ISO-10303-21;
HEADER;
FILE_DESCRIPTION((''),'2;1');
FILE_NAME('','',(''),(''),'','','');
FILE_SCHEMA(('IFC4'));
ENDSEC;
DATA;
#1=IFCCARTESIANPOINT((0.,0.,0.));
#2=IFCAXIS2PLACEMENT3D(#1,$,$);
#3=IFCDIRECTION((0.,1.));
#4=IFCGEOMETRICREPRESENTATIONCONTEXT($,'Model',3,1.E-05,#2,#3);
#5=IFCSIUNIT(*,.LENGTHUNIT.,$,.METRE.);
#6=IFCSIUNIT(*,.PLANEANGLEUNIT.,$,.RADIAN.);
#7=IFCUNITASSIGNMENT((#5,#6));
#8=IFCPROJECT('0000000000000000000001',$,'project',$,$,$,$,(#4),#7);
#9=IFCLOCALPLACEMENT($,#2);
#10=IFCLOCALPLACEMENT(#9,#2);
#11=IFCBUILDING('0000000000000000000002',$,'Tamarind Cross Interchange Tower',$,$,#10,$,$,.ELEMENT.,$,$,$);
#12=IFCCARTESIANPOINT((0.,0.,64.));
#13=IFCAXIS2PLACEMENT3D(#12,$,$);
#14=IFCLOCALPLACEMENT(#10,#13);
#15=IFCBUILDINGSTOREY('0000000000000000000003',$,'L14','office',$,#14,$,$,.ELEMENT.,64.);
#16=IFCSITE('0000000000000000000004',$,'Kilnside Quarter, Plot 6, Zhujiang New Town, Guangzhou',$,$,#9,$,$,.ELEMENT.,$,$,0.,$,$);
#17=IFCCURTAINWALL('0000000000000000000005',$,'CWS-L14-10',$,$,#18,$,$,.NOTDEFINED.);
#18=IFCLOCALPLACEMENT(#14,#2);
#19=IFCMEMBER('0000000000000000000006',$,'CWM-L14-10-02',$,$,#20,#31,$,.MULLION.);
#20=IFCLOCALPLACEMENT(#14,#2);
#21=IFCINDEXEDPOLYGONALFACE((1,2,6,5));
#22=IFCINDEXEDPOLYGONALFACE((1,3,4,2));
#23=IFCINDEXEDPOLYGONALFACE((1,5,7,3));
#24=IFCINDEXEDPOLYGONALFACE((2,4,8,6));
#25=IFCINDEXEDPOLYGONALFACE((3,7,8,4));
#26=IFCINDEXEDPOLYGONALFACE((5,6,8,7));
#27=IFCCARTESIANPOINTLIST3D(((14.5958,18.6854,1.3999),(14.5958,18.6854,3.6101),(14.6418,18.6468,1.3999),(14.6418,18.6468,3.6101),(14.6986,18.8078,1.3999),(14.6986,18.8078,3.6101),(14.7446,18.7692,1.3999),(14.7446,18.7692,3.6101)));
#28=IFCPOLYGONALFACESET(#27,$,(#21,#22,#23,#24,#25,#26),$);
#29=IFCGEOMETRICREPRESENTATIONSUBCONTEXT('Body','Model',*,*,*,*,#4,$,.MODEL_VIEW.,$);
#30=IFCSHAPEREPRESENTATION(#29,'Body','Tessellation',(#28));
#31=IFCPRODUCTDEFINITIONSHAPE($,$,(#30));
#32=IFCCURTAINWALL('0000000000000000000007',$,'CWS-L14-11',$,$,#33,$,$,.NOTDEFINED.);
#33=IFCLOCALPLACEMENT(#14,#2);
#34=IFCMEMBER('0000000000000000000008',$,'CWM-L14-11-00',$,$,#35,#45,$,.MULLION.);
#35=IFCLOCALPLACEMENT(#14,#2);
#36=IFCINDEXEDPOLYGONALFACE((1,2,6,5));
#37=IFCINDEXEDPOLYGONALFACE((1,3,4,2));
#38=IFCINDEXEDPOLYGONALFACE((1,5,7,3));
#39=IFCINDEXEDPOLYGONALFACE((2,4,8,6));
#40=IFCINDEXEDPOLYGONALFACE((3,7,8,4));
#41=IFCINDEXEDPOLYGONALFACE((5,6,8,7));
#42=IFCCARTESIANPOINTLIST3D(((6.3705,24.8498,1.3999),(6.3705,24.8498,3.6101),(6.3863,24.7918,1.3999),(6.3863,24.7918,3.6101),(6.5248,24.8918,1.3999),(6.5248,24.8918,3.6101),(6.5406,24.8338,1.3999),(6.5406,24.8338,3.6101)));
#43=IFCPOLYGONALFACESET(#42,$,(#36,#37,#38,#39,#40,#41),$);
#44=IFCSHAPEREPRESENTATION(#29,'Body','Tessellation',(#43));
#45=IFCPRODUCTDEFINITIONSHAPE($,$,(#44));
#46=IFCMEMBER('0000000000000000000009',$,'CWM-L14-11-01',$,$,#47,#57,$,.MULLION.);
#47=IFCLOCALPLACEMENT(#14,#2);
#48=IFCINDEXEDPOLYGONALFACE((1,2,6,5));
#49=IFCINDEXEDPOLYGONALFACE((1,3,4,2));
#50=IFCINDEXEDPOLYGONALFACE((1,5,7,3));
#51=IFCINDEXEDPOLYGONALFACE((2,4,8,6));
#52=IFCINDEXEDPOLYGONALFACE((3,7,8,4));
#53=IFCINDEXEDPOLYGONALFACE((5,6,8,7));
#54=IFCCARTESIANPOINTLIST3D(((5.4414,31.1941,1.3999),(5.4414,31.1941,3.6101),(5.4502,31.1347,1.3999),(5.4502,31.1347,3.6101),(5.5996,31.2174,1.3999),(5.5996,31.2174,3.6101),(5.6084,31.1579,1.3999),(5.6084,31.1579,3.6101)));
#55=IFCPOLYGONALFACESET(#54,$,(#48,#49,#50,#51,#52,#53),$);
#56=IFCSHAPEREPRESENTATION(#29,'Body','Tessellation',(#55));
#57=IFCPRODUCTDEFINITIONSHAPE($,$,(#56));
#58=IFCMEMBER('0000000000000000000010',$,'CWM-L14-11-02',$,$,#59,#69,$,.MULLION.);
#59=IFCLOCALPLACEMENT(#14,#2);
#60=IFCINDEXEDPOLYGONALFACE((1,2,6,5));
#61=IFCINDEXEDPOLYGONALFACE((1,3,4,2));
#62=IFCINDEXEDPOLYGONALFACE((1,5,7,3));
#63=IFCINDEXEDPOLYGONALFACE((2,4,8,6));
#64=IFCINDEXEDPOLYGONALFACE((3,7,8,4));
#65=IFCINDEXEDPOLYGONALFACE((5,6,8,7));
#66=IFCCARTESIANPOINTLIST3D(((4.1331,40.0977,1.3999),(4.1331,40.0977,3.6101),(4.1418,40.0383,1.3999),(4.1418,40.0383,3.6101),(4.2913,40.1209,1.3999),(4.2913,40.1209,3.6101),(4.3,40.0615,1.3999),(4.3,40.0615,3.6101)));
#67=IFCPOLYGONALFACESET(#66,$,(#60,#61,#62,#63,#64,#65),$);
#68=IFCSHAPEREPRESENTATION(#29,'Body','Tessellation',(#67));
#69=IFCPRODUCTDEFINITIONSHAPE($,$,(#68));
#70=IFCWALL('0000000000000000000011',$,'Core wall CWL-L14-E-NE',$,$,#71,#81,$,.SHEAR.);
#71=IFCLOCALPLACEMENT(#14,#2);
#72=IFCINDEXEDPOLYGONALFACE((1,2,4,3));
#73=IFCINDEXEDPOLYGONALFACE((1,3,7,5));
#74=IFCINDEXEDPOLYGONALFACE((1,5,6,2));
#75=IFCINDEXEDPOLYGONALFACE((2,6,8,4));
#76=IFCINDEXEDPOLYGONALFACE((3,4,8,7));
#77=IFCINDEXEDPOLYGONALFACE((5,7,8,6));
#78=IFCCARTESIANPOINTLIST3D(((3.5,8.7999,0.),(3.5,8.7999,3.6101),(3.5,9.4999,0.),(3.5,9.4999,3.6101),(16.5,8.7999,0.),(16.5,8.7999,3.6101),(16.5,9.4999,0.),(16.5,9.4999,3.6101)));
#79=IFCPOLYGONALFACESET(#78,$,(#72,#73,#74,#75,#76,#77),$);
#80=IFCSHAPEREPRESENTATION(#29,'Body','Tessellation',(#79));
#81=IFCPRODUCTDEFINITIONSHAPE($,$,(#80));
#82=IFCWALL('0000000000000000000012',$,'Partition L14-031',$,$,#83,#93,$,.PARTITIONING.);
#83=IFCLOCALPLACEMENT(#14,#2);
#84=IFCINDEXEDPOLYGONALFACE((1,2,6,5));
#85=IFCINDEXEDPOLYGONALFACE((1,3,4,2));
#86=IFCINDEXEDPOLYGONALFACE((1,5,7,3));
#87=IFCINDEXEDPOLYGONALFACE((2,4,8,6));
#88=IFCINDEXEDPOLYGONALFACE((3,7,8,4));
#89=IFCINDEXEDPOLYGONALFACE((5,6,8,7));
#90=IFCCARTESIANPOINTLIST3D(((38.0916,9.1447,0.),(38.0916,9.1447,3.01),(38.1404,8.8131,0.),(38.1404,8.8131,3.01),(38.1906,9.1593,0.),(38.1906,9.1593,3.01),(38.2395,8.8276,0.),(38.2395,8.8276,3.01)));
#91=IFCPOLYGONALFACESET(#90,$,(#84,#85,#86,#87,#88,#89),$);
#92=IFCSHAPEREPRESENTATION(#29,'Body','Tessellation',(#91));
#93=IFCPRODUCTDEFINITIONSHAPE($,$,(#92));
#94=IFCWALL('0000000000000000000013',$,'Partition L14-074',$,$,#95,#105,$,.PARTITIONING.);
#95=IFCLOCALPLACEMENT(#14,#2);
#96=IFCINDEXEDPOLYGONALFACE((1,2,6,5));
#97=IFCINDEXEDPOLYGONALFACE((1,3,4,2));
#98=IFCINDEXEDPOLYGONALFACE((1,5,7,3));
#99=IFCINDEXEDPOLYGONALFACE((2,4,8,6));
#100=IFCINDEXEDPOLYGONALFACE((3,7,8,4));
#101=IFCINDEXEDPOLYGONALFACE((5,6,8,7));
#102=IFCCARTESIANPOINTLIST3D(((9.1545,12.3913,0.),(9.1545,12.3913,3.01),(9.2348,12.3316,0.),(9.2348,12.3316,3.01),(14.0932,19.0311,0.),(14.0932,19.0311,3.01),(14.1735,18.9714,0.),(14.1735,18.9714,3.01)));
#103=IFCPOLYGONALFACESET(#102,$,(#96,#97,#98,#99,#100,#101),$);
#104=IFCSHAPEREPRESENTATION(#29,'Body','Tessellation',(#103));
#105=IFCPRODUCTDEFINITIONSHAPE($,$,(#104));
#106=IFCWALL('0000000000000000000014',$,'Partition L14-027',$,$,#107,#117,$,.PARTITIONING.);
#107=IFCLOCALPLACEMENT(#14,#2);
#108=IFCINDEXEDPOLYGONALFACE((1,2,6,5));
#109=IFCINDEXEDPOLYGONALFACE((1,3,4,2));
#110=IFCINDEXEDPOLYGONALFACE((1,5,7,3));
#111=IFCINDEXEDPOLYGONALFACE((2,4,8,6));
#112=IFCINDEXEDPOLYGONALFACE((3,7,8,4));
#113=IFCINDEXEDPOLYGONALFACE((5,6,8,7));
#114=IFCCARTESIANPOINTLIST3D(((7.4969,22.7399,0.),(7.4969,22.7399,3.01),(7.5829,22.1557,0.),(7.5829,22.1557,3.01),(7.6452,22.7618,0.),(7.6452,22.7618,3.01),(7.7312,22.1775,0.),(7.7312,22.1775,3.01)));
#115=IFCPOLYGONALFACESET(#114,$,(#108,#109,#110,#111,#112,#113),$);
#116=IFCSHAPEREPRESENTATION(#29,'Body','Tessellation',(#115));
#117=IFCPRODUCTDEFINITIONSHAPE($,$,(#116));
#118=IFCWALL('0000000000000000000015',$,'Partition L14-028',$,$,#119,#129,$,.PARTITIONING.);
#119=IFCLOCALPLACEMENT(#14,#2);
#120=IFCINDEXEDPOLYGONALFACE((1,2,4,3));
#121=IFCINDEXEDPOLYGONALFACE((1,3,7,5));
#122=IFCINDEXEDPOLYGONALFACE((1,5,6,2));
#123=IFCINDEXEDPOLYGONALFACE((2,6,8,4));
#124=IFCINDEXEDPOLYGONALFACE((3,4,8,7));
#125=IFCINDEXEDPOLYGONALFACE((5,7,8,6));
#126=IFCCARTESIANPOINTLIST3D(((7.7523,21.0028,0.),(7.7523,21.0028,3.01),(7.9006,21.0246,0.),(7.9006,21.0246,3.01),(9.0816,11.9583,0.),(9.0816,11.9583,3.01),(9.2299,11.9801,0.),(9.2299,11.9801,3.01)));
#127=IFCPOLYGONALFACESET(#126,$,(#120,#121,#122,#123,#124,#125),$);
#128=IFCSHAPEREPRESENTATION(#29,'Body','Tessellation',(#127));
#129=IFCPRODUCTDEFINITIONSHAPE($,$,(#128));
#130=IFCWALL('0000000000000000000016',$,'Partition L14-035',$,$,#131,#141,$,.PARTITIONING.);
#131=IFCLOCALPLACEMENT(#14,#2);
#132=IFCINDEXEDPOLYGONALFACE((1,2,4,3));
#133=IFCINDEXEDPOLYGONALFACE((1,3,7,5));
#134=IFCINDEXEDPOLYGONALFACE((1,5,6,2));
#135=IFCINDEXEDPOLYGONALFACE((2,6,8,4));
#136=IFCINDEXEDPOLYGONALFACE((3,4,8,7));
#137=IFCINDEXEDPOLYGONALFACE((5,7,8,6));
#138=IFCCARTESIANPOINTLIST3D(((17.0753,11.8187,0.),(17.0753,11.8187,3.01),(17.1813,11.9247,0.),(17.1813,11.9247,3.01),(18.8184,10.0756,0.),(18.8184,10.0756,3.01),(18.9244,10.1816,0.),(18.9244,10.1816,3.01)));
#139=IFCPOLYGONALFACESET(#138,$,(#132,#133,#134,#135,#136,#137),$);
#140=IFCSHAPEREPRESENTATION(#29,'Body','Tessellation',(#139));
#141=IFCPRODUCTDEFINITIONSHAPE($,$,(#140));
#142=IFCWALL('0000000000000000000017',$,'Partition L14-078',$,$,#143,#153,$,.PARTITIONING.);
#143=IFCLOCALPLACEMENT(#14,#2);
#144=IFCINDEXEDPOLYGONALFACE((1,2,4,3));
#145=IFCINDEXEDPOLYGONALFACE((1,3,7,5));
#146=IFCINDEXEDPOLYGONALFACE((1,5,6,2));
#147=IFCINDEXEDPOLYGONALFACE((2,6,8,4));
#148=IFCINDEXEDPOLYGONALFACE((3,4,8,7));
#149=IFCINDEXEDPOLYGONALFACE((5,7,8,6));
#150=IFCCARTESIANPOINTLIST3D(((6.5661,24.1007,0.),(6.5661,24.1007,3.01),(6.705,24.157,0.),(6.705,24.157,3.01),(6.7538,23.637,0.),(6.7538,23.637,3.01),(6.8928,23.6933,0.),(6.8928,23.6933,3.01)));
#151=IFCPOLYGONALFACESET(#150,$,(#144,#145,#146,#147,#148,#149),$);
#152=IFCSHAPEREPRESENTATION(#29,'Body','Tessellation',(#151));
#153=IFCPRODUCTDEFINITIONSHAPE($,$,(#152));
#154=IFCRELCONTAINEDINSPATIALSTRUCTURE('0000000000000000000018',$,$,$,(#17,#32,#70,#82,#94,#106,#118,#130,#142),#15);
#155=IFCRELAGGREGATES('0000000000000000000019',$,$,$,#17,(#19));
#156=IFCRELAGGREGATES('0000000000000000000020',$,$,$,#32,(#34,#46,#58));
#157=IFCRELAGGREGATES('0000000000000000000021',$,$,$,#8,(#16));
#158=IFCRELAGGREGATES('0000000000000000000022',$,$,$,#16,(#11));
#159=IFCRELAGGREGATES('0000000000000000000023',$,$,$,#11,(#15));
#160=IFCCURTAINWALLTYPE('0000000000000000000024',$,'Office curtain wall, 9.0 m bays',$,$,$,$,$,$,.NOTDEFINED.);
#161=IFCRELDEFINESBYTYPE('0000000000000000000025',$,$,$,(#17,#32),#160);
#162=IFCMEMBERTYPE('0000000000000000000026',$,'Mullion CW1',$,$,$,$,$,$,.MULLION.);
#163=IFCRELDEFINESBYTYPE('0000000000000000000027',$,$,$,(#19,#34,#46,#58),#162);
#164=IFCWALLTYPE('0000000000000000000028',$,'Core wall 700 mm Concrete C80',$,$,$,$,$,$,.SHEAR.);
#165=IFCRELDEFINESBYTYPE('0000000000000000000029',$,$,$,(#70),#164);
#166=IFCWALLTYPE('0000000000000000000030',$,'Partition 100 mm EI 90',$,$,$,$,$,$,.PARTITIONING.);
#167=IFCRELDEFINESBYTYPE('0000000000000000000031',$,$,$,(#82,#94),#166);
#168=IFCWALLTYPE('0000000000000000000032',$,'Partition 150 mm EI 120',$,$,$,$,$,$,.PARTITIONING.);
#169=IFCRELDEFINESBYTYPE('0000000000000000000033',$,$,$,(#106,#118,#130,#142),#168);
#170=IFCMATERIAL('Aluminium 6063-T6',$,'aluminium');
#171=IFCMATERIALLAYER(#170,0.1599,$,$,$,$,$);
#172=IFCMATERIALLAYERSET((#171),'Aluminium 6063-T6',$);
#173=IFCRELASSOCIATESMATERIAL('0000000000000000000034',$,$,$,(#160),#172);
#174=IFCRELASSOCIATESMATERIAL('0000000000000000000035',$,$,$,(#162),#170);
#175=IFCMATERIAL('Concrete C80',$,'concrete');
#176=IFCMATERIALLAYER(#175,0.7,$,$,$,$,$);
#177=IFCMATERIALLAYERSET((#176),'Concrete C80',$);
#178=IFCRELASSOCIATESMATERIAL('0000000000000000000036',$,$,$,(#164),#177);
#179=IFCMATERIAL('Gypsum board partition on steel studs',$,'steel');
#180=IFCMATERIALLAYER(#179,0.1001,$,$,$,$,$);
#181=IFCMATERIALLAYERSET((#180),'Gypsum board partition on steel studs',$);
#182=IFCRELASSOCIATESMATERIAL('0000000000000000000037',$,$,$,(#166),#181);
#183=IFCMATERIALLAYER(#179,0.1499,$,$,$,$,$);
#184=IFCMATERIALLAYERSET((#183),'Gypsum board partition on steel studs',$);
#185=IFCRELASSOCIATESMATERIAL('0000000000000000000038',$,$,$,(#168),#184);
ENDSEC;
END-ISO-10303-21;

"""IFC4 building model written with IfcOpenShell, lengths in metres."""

from ifc_helpers import new_model, si_unit, direction, frame, frame_2d, origin, origin_2d, place, context, subcontext, project, spatial, rectangle, extrude, material, layer, layer_set, material_profile, profile_set, type_object, element, aggregate, save


model = new_model("IFC4")

# Units and contexts
model_context = context("Model", 3, precision=1e-05, world=origin(), true_north=direction((0.0, 1.0)))
body_context = subcontext(model_context, "Body", "Model", "MODEL_VIEW")
ifc_project = project(units=[si_unit("LENGTHUNIT", "METRE"), si_unit("PLANEANGLEUNIT", "RADIAN")], contexts=[model_context])

# Site, building, storey
site_placement = place(None, origin())
site = spatial("IfcSite", under=ifc_project, at=site_placement, Name="Kilnside Quarter, Plot 6, Zhujiang New Town, Guangzhou", CompositionType="ELEMENT", RefElevation=0.0)
building_placement = place(site_placement, origin())
building = spatial("IfcBuilding", under=site, at=building_placement, Name="Tamarind Cross Interchange Tower", CompositionType="ELEMENT")
storey_placement = place(building_placement, frame((0.0, 0.0, 64.0)))
storey = spatial("IfcBuildingStorey", under=building, at=storey_placement, Name="L14", Description="office", CompositionType="ELEMENT", Elevation=64.0)

# Curtain walls, members
ifc_material_1 = material(Name="Aluminium 6063-T6", Category="aluminium")
ifc_layer_1 = layer(ifc_material_1, 0.1599)
ifc_layer_set_1 = layer_set([ifc_layer_1], Name="Aluminium 6063-T6")
curtain_wall_type = type_object("IfcCurtainWallType", Name="Office curtain wall, 9.0 m bays", PredefinedType="NOTDEFINED", material=ifc_layer_set_1)
ifc_material_profile_1 = material_profile(ifc_material_1, rectangle(XDim=0.0601, YDim=0.1599, at=origin_2d()), Name="Mullion CW1")
ifc_profile_set_1 = profile_set([ifc_material_profile_1], Name="Aluminium 6063-T6")
member_type = type_object("IfcMemberType", Name="Mullion CW1", PredefinedType="MULLION", material=ifc_profile_set_1)
curtain_wall_1_placement = place(storey_placement, origin())
curtain_wall_1 = element("IfcCurtainWall", 1, at=curtain_wall_1_placement, inside=storey, type_object=curtain_wall_type, Name="CWS-L14-10", PredefinedType="NOTDEFINED")
member_1_placement = place(storey_placement, frame((14.6702, 18.7273, 1.3999), z_axis=(0.0, 0.0, 1.0), x_axis=(-0.765858, 0.643009, 0.0)))
member_1 = element("IfcMember", 2, at=member_1_placement, type_object=member_type, Name="CWM-L14-10-02", PredefinedType="MULLION", context=body_context, shape_type="SweptSolid", body=[
    extrude(rectangle(XDim=0.0601, YDim=0.1599, at=origin_2d()), origin(), (0.0, 0.0, 1.0), 2.2102),
])
aggregate(curtain_wall_1, [member_1])
curtain_wall_2_placement = place(storey_placement, origin())
curtain_wall_2 = element("IfcCurtainWall", 3, at=curtain_wall_2_placement, inside=storey, type_object=curtain_wall_type, Name="CWS-L14-11", PredefinedType="NOTDEFINED")
member_2_placement = place(storey_placement, frame((6.4556, 24.8418, 1.3999), z_axis=(0.0, 0.0, 1.0), x_axis=(-0.262344, 0.964974, 0.0)))
member_2 = element("IfcMember", 4, at=member_2_placement, type_object=member_type, Name="CWM-L14-11-00", PredefinedType="MULLION", context=body_context, shape_type="SweptSolid", body=[
    extrude(rectangle(XDim=0.0601, YDim=0.1599, at=origin_2d()), origin(), (0.0, 0.0, 1.0), 2.2102),
])
member_3_placement = place(storey_placement, frame((5.5249, 31.176, 1.3999), z_axis=(0.0, 0.0, 1.0), x_axis=(-0.145365, 0.989378, 0.0)))
member_3 = element("IfcMember", 5, at=member_3_placement, type_object=member_type, Name="CWM-L14-11-01", PredefinedType="MULLION", context=body_context, shape_type="SweptSolid", body=[
    extrude(rectangle(XDim=0.0601, YDim=0.1599, at=origin_2d()), origin(), (0.0, 0.0, 1.0), 2.2102),
])
member_4_placement = place(storey_placement, frame((4.2166, 40.0796, 1.3999), z_axis=(0.0, 0.0, 1.0), x_axis=(-0.145365, 0.989378, 0.0)))
member_4 = element("IfcMember", 6, at=member_4_placement, type_object=member_type, Name="CWM-L14-11-02", PredefinedType="MULLION", context=body_context, shape_type="SweptSolid", body=[
    extrude(rectangle(XDim=0.0601, YDim=0.1599, at=origin_2d()), origin(), (0.0, 0.0, 1.0), 2.2102),
])
aggregate(curtain_wall_2, [member_2, member_3, member_4])

# Walls
ifc_material_2 = material(Name="Concrete C80", Category="concrete")
ifc_layer_2 = layer(ifc_material_2, 0.7)
ifc_layer_set_2 = layer_set([ifc_layer_2], Name="Concrete C80")
wall_type_1 = type_object("IfcWallType", Name="Core wall 700 mm Concrete C80", PredefinedType="SHEAR", material=ifc_layer_set_2)
wall_1_placement = place(storey_placement, frame((16.5, 9.1499, 0.0), z_axis=(0.0, 0.0, 1.0), x_axis=(-1.0, 0.0, 0.0)))
element("IfcWall", 7, at=wall_1_placement, inside=storey, type_object=wall_type_1, Name="Core wall CWL-L14-E-NE", PredefinedType="SHEAR", context=body_context, shape_type="SweptSolid", body=[
    extrude(rectangle(XDim=13.0, YDim=0.7, at=frame_2d((6.5, 0.0))), origin(), (0.0, 0.0, 1.0), 3.6101),
])
ifc_material_3 = material(Name="Gypsum board partition on steel studs", Category="steel")
ifc_layer_3 = layer(ifc_material_3, 0.1001)
ifc_layer_set_3 = layer_set([ifc_layer_3], Name="Gypsum board partition on steel studs")
wall_type_2 = type_object("IfcWallType", Name="Partition 100 mm EI 90", PredefinedType="PARTITIONING", material=ifc_layer_set_3)
wall_2_placement = place(storey_placement, frame((38.1411, 9.1519, 0.0), z_axis=(0.0, 0.0, 1.0), x_axis=(0.145704, -0.989328, 0.0)))
element("IfcWall", 8, at=wall_2_placement, inside=storey, type_object=wall_type_2, Name="Partition L14-031", PredefinedType="PARTITIONING", context=body_context, shape_type="SweptSolid", body=[
    extrude(rectangle(XDim=0.3352, YDim=0.1001, at=frame_2d((0.1675, 0.0))), origin(), (0.0, 0.0, 1.0), 3.01),
])
wall_3_placement = place(storey_placement, frame((9.1946, 12.3613, 0.0), z_axis=(0.0, 0.0, 1.0), x_axis=(0.596809, 0.802383, 0.0)))
element("IfcWall", 9, at=wall_3_placement, inside=storey, type_object=wall_type_2, Name="Partition L14-074", PredefinedType="PARTITIONING", context=body_context, shape_type="SweptSolid", body=[
    extrude(rectangle(XDim=8.2751, YDim=0.1001, at=frame_2d((4.1377, 0.0))), origin(), (0.0, 0.0, 1.0), 3.01),
])
ifc_layer_4 = layer(ifc_material_3, 0.1499)
ifc_layer_set_4 = layer_set([ifc_layer_4], Name="Gypsum board partition on steel studs")
wall_type_3 = type_object("IfcWallType", Name="Partition 150 mm EI 120", PredefinedType="PARTITIONING", material=ifc_layer_set_4)
wall_4_placement = place(storey_placement, frame((7.571, 22.751, 0.0), z_axis=(0.0, 0.0, 1.0), x_axis=(0.14553, -0.989354, 0.0)))
element("IfcWall", 10, at=wall_4_placement, inside=storey, type_object=wall_type_3, Name="Partition L14-027", PredefinedType="PARTITIONING", context=body_context, shape_type="SweptSolid", body=[
    extrude(rectangle(XDim=0.5906, YDim=0.1499, at=frame_2d((0.2954, 0.0))), origin(), (0.0, 0.0, 1.0), 3.01),
])
wall_5_placement = place(storey_placement, frame((7.8264, 21.0137, 0.0), z_axis=(0.0, 0.0, 1.0), x_axis=(0.145417, -0.98937, 0.0)))
element("IfcWall", 11, at=wall_5_placement, inside=storey, type_object=wall_type_3, Name="Partition L14-028", PredefinedType="PARTITIONING", context=body_context, shape_type="SweptSolid", body=[
    extrude(rectangle(XDim=9.1416, YDim=0.1499, at=frame_2d((4.5708, 0.0))), origin(), (0.0, 0.0, 1.0), 3.01),
])
wall_6_placement = place(storey_placement, frame((17.1284, 11.8716, 0.0), z_axis=(0.0, 0.0, 1.0), x_axis=(0.707107, -0.707107, 0.0)))
element("IfcWall", 12, at=wall_6_placement, inside=storey, type_object=wall_type_3, Name="Partition L14-035", PredefinedType="PARTITIONING", context=body_context, shape_type="SweptSolid", body=[
    extrude(rectangle(XDim=2.4651, YDim=0.1499, at=frame_2d((1.2324, 0.0))), origin(), (0.0, 0.0, 1.0), 3.01),
])
wall_7_placement = place(storey_placement, frame((6.8232, 23.6653, 0.0), z_axis=(0.0, 0.0, 1.0), x_axis=(-0.375343, 0.926886, 0.0)))
element("IfcWall", 13, at=wall_7_placement, inside=storey, type_object=wall_type_3, Name="Partition L14-078", PredefinedType="PARTITIONING", context=body_context, shape_type="SweptSolid", body=[
    extrude(rectangle(XDim=0.5002, YDim=0.1499, at=frame_2d((0.25, 0.0))), origin(), (0.0, 0.0, 1.0), 3.01),
])

save(model, "model.ifc")
